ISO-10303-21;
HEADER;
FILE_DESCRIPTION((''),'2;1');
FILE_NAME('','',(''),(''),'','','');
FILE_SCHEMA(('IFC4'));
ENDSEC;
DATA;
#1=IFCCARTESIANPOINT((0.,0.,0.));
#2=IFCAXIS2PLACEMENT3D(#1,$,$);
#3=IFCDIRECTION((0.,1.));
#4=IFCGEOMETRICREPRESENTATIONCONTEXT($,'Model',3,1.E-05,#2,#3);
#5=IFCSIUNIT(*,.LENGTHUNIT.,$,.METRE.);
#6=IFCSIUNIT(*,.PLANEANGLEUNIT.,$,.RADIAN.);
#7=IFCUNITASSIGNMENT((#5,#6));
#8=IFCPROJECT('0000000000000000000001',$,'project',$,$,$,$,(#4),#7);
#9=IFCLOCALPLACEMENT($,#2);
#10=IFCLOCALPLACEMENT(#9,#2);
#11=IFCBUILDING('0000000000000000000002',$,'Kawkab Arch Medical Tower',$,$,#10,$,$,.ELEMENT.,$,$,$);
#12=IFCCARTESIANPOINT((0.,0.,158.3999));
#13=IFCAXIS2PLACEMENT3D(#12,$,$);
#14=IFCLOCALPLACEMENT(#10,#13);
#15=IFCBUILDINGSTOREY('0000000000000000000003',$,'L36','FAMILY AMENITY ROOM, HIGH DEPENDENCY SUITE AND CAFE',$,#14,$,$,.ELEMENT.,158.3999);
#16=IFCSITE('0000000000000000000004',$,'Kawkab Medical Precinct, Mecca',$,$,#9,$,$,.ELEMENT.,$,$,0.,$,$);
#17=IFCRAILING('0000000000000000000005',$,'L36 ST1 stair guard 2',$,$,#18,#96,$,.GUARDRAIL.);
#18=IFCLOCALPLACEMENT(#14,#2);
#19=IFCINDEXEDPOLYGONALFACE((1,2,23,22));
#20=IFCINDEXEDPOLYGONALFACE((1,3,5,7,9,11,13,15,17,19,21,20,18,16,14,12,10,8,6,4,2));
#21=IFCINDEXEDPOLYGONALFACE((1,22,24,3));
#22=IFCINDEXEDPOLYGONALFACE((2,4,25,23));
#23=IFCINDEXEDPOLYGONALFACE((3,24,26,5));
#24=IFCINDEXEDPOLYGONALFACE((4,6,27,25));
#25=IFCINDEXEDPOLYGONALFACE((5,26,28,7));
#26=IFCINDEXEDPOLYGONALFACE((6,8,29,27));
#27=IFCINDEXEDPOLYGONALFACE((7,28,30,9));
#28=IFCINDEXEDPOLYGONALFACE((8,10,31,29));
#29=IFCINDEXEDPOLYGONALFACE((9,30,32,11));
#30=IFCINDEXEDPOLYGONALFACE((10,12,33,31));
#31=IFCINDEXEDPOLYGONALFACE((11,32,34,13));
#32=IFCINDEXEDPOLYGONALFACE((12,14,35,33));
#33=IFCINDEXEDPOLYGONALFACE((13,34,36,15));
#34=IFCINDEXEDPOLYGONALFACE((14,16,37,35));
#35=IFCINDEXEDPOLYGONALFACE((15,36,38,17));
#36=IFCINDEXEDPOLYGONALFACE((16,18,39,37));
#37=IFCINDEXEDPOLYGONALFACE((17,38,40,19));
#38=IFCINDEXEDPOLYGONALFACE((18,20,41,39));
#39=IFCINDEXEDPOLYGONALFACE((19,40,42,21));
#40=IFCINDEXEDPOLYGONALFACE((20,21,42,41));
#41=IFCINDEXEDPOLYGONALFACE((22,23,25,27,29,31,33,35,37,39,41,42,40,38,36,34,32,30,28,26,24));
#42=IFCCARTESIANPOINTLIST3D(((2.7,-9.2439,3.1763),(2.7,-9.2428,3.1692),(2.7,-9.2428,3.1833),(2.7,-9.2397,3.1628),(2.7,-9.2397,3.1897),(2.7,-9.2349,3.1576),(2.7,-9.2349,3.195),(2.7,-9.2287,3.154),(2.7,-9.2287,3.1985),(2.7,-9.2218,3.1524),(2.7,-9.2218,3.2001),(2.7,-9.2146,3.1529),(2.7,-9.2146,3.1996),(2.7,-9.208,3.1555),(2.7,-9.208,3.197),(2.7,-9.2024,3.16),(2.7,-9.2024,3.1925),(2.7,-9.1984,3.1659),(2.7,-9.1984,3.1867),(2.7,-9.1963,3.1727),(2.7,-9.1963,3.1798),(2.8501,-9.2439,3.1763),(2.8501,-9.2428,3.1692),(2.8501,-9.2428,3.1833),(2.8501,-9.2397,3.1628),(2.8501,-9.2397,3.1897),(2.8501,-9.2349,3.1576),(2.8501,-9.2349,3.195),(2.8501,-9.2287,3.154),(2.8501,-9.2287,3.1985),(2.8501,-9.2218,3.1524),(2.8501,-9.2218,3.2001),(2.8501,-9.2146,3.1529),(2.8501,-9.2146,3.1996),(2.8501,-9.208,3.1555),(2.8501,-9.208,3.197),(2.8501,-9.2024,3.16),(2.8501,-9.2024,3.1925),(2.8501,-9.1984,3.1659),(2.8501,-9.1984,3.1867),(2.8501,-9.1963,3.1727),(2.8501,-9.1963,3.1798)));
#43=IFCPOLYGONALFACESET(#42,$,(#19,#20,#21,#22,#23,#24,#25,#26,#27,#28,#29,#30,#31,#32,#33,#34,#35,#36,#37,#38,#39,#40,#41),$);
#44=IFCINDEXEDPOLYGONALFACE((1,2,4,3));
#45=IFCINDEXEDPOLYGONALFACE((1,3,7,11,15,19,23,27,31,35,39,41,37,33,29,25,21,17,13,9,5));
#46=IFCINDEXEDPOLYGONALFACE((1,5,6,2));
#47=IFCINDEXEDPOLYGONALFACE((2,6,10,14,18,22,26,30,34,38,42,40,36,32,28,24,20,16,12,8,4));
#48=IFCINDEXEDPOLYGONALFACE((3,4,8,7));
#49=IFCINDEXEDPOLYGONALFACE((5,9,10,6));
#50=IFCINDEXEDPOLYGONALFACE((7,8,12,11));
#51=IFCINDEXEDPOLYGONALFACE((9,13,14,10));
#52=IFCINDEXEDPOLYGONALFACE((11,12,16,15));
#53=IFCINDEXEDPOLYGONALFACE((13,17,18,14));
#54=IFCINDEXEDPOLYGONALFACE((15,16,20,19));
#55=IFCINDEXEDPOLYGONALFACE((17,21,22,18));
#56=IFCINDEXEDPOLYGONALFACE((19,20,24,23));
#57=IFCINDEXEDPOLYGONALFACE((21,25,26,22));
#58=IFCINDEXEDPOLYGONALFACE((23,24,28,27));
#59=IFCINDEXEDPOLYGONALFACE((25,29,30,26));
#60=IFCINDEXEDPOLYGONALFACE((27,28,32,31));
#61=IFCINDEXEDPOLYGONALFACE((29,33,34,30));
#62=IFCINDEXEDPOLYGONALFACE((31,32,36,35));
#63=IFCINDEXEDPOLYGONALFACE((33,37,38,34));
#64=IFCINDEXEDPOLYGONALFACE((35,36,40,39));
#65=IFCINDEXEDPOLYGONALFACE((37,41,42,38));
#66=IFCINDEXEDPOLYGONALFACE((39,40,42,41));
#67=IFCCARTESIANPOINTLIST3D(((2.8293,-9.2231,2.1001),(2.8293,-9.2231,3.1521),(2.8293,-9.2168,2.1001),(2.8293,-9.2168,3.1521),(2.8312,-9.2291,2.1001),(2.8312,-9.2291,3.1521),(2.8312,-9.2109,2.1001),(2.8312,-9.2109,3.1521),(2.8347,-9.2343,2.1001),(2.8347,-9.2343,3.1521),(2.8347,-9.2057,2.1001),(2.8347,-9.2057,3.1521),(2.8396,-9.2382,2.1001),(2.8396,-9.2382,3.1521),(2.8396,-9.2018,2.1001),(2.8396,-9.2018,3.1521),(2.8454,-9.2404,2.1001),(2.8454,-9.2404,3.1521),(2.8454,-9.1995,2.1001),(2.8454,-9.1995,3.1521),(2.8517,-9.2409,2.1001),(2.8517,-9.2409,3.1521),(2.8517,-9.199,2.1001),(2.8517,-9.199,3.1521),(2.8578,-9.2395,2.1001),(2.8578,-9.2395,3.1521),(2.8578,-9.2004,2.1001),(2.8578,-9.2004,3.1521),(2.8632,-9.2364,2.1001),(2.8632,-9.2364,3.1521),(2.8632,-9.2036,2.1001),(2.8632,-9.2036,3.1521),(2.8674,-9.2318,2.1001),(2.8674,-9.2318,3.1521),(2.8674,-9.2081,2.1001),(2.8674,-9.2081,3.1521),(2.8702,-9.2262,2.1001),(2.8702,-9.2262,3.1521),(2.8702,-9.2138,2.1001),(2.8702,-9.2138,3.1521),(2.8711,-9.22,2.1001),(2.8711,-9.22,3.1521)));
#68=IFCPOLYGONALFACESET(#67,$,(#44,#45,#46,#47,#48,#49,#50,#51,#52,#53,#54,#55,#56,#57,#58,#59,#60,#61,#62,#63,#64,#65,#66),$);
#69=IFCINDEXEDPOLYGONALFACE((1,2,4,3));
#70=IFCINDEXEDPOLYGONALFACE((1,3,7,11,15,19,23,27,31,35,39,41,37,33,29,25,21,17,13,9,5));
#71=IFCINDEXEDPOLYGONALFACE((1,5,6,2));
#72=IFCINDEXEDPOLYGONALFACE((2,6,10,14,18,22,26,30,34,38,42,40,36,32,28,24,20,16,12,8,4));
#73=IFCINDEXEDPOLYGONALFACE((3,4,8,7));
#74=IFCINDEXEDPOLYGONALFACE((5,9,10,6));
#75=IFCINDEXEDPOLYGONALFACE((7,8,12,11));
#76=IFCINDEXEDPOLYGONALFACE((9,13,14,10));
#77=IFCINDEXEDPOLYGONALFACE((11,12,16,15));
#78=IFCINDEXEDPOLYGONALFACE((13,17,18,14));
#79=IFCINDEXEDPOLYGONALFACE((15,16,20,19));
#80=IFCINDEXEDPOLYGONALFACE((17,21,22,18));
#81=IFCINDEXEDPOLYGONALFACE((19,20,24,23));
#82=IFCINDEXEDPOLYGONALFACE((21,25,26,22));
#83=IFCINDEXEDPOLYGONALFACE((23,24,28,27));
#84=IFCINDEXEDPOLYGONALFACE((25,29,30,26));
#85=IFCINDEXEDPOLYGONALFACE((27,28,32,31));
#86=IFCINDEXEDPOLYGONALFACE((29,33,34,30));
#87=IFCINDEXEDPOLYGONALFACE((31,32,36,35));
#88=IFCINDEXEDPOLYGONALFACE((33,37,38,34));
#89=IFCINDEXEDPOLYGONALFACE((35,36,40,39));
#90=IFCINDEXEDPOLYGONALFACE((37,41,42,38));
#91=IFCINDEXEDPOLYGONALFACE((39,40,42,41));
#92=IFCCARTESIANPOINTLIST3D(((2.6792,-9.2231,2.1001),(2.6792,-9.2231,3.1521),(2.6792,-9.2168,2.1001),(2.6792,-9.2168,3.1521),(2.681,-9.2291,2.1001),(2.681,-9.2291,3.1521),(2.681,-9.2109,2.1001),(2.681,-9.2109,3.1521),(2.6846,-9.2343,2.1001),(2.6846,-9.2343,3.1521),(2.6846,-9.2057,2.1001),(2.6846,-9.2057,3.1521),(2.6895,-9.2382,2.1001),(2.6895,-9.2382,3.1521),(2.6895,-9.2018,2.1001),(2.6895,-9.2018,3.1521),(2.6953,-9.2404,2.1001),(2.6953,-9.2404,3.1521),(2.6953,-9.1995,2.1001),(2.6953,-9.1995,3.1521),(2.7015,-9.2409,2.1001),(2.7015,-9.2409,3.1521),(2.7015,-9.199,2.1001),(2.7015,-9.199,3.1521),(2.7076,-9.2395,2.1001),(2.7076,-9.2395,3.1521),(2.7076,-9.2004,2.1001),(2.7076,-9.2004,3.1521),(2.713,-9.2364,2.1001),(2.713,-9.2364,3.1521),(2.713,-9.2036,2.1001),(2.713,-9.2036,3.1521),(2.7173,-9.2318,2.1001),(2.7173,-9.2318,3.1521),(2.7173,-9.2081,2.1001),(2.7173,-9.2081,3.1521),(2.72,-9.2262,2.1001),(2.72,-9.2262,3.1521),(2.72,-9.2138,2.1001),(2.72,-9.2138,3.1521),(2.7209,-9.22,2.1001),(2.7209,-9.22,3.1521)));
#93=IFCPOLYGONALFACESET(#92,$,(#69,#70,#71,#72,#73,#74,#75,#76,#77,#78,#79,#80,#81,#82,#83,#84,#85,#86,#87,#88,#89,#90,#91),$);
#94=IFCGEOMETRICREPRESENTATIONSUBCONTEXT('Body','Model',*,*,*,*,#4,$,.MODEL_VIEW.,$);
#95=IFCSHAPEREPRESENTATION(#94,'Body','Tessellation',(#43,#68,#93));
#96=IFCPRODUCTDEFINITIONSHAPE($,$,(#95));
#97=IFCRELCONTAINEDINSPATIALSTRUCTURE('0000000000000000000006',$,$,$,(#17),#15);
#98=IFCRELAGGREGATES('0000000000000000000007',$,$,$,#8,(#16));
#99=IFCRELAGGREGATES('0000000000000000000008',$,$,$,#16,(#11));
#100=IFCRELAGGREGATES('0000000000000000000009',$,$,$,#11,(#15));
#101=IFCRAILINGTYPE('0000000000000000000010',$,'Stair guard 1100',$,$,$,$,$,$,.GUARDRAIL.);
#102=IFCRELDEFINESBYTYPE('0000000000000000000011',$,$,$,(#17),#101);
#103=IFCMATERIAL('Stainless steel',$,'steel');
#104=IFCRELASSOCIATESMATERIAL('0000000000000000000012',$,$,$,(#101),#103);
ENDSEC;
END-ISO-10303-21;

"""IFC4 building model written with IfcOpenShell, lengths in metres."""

from ifc_helpers import new_model, si_unit, direction, frame, origin, origin_2d, place, context, subcontext, project, spatial, circle, extrude, material, type_object, element, save


model = new_model("IFC4")

# Units and contexts
model_context = context("Model", 3, precision=1e-05, world=origin(), true_north=direction((0.0, 1.0)))
body_context = subcontext(model_context, "Body", "Model", "MODEL_VIEW")
ifc_project = project(units=[si_unit("LENGTHUNIT", "METRE"), si_unit("PLANEANGLEUNIT", "RADIAN")], contexts=[model_context])

# Site, building, storey
site_placement = place(None, origin())
site = spatial("IfcSite", under=ifc_project, at=site_placement, Name="Kawkab Medical Precinct, Mecca", CompositionType="ELEMENT", RefElevation=0.0)
building_placement = place(site_placement, origin())
building = spatial("IfcBuilding", under=site, at=building_placement, Name="Kawkab Arch Medical Tower", CompositionType="ELEMENT")
storey_placement = place(building_placement, frame((0.0, 0.0, 158.3999)))
storey = spatial("IfcBuildingStorey", under=building, at=storey_placement, Name="L36", Description="FAMILY AMENITY ROOM, HIGH DEPENDENCY SUITE AND CAFE", CompositionType="ELEMENT", Elevation=158.3999)

# Railing
ifc_material_1 = material(Name="Stainless steel", Category="steel")
railing_type_1 = type_object("IfcRailingType", Name="Stair guard 1100", PredefinedType="GUARDRAIL", material=ifc_material_1)
railing_1_placement = place(storey_placement, frame((2.8501, -9.22, 2.1001)))
element("IfcRailing", 1, at=railing_1_placement, inside=storey, type_object=railing_type_1, Name="L36 ST1 stair guard 2", PredefinedType="GUARDRAIL", context=body_context, shape_type="SweptSolid", body=[
    extrude(circle(Radius=0.0239, at=origin_2d()), frame((0.0, 0.0, 1.0762), z_axis=(-1.0, 0.0, 0.0), x_axis=(0.0, -1.0, 0.0)), (0.0, 0.0, 1.0), 0.1501),
    extrude(circle(Radius=0.021, at=origin_2d()), origin(), (0.0, 0.0, 1.0), 1.052),
    extrude(circle(Radius=0.021, at=origin_2d()), frame((-0.1501, 0.0, 0.0)), (0.0, 0.0, 1.0), 1.052),
])

save(model, "model.ifc")
